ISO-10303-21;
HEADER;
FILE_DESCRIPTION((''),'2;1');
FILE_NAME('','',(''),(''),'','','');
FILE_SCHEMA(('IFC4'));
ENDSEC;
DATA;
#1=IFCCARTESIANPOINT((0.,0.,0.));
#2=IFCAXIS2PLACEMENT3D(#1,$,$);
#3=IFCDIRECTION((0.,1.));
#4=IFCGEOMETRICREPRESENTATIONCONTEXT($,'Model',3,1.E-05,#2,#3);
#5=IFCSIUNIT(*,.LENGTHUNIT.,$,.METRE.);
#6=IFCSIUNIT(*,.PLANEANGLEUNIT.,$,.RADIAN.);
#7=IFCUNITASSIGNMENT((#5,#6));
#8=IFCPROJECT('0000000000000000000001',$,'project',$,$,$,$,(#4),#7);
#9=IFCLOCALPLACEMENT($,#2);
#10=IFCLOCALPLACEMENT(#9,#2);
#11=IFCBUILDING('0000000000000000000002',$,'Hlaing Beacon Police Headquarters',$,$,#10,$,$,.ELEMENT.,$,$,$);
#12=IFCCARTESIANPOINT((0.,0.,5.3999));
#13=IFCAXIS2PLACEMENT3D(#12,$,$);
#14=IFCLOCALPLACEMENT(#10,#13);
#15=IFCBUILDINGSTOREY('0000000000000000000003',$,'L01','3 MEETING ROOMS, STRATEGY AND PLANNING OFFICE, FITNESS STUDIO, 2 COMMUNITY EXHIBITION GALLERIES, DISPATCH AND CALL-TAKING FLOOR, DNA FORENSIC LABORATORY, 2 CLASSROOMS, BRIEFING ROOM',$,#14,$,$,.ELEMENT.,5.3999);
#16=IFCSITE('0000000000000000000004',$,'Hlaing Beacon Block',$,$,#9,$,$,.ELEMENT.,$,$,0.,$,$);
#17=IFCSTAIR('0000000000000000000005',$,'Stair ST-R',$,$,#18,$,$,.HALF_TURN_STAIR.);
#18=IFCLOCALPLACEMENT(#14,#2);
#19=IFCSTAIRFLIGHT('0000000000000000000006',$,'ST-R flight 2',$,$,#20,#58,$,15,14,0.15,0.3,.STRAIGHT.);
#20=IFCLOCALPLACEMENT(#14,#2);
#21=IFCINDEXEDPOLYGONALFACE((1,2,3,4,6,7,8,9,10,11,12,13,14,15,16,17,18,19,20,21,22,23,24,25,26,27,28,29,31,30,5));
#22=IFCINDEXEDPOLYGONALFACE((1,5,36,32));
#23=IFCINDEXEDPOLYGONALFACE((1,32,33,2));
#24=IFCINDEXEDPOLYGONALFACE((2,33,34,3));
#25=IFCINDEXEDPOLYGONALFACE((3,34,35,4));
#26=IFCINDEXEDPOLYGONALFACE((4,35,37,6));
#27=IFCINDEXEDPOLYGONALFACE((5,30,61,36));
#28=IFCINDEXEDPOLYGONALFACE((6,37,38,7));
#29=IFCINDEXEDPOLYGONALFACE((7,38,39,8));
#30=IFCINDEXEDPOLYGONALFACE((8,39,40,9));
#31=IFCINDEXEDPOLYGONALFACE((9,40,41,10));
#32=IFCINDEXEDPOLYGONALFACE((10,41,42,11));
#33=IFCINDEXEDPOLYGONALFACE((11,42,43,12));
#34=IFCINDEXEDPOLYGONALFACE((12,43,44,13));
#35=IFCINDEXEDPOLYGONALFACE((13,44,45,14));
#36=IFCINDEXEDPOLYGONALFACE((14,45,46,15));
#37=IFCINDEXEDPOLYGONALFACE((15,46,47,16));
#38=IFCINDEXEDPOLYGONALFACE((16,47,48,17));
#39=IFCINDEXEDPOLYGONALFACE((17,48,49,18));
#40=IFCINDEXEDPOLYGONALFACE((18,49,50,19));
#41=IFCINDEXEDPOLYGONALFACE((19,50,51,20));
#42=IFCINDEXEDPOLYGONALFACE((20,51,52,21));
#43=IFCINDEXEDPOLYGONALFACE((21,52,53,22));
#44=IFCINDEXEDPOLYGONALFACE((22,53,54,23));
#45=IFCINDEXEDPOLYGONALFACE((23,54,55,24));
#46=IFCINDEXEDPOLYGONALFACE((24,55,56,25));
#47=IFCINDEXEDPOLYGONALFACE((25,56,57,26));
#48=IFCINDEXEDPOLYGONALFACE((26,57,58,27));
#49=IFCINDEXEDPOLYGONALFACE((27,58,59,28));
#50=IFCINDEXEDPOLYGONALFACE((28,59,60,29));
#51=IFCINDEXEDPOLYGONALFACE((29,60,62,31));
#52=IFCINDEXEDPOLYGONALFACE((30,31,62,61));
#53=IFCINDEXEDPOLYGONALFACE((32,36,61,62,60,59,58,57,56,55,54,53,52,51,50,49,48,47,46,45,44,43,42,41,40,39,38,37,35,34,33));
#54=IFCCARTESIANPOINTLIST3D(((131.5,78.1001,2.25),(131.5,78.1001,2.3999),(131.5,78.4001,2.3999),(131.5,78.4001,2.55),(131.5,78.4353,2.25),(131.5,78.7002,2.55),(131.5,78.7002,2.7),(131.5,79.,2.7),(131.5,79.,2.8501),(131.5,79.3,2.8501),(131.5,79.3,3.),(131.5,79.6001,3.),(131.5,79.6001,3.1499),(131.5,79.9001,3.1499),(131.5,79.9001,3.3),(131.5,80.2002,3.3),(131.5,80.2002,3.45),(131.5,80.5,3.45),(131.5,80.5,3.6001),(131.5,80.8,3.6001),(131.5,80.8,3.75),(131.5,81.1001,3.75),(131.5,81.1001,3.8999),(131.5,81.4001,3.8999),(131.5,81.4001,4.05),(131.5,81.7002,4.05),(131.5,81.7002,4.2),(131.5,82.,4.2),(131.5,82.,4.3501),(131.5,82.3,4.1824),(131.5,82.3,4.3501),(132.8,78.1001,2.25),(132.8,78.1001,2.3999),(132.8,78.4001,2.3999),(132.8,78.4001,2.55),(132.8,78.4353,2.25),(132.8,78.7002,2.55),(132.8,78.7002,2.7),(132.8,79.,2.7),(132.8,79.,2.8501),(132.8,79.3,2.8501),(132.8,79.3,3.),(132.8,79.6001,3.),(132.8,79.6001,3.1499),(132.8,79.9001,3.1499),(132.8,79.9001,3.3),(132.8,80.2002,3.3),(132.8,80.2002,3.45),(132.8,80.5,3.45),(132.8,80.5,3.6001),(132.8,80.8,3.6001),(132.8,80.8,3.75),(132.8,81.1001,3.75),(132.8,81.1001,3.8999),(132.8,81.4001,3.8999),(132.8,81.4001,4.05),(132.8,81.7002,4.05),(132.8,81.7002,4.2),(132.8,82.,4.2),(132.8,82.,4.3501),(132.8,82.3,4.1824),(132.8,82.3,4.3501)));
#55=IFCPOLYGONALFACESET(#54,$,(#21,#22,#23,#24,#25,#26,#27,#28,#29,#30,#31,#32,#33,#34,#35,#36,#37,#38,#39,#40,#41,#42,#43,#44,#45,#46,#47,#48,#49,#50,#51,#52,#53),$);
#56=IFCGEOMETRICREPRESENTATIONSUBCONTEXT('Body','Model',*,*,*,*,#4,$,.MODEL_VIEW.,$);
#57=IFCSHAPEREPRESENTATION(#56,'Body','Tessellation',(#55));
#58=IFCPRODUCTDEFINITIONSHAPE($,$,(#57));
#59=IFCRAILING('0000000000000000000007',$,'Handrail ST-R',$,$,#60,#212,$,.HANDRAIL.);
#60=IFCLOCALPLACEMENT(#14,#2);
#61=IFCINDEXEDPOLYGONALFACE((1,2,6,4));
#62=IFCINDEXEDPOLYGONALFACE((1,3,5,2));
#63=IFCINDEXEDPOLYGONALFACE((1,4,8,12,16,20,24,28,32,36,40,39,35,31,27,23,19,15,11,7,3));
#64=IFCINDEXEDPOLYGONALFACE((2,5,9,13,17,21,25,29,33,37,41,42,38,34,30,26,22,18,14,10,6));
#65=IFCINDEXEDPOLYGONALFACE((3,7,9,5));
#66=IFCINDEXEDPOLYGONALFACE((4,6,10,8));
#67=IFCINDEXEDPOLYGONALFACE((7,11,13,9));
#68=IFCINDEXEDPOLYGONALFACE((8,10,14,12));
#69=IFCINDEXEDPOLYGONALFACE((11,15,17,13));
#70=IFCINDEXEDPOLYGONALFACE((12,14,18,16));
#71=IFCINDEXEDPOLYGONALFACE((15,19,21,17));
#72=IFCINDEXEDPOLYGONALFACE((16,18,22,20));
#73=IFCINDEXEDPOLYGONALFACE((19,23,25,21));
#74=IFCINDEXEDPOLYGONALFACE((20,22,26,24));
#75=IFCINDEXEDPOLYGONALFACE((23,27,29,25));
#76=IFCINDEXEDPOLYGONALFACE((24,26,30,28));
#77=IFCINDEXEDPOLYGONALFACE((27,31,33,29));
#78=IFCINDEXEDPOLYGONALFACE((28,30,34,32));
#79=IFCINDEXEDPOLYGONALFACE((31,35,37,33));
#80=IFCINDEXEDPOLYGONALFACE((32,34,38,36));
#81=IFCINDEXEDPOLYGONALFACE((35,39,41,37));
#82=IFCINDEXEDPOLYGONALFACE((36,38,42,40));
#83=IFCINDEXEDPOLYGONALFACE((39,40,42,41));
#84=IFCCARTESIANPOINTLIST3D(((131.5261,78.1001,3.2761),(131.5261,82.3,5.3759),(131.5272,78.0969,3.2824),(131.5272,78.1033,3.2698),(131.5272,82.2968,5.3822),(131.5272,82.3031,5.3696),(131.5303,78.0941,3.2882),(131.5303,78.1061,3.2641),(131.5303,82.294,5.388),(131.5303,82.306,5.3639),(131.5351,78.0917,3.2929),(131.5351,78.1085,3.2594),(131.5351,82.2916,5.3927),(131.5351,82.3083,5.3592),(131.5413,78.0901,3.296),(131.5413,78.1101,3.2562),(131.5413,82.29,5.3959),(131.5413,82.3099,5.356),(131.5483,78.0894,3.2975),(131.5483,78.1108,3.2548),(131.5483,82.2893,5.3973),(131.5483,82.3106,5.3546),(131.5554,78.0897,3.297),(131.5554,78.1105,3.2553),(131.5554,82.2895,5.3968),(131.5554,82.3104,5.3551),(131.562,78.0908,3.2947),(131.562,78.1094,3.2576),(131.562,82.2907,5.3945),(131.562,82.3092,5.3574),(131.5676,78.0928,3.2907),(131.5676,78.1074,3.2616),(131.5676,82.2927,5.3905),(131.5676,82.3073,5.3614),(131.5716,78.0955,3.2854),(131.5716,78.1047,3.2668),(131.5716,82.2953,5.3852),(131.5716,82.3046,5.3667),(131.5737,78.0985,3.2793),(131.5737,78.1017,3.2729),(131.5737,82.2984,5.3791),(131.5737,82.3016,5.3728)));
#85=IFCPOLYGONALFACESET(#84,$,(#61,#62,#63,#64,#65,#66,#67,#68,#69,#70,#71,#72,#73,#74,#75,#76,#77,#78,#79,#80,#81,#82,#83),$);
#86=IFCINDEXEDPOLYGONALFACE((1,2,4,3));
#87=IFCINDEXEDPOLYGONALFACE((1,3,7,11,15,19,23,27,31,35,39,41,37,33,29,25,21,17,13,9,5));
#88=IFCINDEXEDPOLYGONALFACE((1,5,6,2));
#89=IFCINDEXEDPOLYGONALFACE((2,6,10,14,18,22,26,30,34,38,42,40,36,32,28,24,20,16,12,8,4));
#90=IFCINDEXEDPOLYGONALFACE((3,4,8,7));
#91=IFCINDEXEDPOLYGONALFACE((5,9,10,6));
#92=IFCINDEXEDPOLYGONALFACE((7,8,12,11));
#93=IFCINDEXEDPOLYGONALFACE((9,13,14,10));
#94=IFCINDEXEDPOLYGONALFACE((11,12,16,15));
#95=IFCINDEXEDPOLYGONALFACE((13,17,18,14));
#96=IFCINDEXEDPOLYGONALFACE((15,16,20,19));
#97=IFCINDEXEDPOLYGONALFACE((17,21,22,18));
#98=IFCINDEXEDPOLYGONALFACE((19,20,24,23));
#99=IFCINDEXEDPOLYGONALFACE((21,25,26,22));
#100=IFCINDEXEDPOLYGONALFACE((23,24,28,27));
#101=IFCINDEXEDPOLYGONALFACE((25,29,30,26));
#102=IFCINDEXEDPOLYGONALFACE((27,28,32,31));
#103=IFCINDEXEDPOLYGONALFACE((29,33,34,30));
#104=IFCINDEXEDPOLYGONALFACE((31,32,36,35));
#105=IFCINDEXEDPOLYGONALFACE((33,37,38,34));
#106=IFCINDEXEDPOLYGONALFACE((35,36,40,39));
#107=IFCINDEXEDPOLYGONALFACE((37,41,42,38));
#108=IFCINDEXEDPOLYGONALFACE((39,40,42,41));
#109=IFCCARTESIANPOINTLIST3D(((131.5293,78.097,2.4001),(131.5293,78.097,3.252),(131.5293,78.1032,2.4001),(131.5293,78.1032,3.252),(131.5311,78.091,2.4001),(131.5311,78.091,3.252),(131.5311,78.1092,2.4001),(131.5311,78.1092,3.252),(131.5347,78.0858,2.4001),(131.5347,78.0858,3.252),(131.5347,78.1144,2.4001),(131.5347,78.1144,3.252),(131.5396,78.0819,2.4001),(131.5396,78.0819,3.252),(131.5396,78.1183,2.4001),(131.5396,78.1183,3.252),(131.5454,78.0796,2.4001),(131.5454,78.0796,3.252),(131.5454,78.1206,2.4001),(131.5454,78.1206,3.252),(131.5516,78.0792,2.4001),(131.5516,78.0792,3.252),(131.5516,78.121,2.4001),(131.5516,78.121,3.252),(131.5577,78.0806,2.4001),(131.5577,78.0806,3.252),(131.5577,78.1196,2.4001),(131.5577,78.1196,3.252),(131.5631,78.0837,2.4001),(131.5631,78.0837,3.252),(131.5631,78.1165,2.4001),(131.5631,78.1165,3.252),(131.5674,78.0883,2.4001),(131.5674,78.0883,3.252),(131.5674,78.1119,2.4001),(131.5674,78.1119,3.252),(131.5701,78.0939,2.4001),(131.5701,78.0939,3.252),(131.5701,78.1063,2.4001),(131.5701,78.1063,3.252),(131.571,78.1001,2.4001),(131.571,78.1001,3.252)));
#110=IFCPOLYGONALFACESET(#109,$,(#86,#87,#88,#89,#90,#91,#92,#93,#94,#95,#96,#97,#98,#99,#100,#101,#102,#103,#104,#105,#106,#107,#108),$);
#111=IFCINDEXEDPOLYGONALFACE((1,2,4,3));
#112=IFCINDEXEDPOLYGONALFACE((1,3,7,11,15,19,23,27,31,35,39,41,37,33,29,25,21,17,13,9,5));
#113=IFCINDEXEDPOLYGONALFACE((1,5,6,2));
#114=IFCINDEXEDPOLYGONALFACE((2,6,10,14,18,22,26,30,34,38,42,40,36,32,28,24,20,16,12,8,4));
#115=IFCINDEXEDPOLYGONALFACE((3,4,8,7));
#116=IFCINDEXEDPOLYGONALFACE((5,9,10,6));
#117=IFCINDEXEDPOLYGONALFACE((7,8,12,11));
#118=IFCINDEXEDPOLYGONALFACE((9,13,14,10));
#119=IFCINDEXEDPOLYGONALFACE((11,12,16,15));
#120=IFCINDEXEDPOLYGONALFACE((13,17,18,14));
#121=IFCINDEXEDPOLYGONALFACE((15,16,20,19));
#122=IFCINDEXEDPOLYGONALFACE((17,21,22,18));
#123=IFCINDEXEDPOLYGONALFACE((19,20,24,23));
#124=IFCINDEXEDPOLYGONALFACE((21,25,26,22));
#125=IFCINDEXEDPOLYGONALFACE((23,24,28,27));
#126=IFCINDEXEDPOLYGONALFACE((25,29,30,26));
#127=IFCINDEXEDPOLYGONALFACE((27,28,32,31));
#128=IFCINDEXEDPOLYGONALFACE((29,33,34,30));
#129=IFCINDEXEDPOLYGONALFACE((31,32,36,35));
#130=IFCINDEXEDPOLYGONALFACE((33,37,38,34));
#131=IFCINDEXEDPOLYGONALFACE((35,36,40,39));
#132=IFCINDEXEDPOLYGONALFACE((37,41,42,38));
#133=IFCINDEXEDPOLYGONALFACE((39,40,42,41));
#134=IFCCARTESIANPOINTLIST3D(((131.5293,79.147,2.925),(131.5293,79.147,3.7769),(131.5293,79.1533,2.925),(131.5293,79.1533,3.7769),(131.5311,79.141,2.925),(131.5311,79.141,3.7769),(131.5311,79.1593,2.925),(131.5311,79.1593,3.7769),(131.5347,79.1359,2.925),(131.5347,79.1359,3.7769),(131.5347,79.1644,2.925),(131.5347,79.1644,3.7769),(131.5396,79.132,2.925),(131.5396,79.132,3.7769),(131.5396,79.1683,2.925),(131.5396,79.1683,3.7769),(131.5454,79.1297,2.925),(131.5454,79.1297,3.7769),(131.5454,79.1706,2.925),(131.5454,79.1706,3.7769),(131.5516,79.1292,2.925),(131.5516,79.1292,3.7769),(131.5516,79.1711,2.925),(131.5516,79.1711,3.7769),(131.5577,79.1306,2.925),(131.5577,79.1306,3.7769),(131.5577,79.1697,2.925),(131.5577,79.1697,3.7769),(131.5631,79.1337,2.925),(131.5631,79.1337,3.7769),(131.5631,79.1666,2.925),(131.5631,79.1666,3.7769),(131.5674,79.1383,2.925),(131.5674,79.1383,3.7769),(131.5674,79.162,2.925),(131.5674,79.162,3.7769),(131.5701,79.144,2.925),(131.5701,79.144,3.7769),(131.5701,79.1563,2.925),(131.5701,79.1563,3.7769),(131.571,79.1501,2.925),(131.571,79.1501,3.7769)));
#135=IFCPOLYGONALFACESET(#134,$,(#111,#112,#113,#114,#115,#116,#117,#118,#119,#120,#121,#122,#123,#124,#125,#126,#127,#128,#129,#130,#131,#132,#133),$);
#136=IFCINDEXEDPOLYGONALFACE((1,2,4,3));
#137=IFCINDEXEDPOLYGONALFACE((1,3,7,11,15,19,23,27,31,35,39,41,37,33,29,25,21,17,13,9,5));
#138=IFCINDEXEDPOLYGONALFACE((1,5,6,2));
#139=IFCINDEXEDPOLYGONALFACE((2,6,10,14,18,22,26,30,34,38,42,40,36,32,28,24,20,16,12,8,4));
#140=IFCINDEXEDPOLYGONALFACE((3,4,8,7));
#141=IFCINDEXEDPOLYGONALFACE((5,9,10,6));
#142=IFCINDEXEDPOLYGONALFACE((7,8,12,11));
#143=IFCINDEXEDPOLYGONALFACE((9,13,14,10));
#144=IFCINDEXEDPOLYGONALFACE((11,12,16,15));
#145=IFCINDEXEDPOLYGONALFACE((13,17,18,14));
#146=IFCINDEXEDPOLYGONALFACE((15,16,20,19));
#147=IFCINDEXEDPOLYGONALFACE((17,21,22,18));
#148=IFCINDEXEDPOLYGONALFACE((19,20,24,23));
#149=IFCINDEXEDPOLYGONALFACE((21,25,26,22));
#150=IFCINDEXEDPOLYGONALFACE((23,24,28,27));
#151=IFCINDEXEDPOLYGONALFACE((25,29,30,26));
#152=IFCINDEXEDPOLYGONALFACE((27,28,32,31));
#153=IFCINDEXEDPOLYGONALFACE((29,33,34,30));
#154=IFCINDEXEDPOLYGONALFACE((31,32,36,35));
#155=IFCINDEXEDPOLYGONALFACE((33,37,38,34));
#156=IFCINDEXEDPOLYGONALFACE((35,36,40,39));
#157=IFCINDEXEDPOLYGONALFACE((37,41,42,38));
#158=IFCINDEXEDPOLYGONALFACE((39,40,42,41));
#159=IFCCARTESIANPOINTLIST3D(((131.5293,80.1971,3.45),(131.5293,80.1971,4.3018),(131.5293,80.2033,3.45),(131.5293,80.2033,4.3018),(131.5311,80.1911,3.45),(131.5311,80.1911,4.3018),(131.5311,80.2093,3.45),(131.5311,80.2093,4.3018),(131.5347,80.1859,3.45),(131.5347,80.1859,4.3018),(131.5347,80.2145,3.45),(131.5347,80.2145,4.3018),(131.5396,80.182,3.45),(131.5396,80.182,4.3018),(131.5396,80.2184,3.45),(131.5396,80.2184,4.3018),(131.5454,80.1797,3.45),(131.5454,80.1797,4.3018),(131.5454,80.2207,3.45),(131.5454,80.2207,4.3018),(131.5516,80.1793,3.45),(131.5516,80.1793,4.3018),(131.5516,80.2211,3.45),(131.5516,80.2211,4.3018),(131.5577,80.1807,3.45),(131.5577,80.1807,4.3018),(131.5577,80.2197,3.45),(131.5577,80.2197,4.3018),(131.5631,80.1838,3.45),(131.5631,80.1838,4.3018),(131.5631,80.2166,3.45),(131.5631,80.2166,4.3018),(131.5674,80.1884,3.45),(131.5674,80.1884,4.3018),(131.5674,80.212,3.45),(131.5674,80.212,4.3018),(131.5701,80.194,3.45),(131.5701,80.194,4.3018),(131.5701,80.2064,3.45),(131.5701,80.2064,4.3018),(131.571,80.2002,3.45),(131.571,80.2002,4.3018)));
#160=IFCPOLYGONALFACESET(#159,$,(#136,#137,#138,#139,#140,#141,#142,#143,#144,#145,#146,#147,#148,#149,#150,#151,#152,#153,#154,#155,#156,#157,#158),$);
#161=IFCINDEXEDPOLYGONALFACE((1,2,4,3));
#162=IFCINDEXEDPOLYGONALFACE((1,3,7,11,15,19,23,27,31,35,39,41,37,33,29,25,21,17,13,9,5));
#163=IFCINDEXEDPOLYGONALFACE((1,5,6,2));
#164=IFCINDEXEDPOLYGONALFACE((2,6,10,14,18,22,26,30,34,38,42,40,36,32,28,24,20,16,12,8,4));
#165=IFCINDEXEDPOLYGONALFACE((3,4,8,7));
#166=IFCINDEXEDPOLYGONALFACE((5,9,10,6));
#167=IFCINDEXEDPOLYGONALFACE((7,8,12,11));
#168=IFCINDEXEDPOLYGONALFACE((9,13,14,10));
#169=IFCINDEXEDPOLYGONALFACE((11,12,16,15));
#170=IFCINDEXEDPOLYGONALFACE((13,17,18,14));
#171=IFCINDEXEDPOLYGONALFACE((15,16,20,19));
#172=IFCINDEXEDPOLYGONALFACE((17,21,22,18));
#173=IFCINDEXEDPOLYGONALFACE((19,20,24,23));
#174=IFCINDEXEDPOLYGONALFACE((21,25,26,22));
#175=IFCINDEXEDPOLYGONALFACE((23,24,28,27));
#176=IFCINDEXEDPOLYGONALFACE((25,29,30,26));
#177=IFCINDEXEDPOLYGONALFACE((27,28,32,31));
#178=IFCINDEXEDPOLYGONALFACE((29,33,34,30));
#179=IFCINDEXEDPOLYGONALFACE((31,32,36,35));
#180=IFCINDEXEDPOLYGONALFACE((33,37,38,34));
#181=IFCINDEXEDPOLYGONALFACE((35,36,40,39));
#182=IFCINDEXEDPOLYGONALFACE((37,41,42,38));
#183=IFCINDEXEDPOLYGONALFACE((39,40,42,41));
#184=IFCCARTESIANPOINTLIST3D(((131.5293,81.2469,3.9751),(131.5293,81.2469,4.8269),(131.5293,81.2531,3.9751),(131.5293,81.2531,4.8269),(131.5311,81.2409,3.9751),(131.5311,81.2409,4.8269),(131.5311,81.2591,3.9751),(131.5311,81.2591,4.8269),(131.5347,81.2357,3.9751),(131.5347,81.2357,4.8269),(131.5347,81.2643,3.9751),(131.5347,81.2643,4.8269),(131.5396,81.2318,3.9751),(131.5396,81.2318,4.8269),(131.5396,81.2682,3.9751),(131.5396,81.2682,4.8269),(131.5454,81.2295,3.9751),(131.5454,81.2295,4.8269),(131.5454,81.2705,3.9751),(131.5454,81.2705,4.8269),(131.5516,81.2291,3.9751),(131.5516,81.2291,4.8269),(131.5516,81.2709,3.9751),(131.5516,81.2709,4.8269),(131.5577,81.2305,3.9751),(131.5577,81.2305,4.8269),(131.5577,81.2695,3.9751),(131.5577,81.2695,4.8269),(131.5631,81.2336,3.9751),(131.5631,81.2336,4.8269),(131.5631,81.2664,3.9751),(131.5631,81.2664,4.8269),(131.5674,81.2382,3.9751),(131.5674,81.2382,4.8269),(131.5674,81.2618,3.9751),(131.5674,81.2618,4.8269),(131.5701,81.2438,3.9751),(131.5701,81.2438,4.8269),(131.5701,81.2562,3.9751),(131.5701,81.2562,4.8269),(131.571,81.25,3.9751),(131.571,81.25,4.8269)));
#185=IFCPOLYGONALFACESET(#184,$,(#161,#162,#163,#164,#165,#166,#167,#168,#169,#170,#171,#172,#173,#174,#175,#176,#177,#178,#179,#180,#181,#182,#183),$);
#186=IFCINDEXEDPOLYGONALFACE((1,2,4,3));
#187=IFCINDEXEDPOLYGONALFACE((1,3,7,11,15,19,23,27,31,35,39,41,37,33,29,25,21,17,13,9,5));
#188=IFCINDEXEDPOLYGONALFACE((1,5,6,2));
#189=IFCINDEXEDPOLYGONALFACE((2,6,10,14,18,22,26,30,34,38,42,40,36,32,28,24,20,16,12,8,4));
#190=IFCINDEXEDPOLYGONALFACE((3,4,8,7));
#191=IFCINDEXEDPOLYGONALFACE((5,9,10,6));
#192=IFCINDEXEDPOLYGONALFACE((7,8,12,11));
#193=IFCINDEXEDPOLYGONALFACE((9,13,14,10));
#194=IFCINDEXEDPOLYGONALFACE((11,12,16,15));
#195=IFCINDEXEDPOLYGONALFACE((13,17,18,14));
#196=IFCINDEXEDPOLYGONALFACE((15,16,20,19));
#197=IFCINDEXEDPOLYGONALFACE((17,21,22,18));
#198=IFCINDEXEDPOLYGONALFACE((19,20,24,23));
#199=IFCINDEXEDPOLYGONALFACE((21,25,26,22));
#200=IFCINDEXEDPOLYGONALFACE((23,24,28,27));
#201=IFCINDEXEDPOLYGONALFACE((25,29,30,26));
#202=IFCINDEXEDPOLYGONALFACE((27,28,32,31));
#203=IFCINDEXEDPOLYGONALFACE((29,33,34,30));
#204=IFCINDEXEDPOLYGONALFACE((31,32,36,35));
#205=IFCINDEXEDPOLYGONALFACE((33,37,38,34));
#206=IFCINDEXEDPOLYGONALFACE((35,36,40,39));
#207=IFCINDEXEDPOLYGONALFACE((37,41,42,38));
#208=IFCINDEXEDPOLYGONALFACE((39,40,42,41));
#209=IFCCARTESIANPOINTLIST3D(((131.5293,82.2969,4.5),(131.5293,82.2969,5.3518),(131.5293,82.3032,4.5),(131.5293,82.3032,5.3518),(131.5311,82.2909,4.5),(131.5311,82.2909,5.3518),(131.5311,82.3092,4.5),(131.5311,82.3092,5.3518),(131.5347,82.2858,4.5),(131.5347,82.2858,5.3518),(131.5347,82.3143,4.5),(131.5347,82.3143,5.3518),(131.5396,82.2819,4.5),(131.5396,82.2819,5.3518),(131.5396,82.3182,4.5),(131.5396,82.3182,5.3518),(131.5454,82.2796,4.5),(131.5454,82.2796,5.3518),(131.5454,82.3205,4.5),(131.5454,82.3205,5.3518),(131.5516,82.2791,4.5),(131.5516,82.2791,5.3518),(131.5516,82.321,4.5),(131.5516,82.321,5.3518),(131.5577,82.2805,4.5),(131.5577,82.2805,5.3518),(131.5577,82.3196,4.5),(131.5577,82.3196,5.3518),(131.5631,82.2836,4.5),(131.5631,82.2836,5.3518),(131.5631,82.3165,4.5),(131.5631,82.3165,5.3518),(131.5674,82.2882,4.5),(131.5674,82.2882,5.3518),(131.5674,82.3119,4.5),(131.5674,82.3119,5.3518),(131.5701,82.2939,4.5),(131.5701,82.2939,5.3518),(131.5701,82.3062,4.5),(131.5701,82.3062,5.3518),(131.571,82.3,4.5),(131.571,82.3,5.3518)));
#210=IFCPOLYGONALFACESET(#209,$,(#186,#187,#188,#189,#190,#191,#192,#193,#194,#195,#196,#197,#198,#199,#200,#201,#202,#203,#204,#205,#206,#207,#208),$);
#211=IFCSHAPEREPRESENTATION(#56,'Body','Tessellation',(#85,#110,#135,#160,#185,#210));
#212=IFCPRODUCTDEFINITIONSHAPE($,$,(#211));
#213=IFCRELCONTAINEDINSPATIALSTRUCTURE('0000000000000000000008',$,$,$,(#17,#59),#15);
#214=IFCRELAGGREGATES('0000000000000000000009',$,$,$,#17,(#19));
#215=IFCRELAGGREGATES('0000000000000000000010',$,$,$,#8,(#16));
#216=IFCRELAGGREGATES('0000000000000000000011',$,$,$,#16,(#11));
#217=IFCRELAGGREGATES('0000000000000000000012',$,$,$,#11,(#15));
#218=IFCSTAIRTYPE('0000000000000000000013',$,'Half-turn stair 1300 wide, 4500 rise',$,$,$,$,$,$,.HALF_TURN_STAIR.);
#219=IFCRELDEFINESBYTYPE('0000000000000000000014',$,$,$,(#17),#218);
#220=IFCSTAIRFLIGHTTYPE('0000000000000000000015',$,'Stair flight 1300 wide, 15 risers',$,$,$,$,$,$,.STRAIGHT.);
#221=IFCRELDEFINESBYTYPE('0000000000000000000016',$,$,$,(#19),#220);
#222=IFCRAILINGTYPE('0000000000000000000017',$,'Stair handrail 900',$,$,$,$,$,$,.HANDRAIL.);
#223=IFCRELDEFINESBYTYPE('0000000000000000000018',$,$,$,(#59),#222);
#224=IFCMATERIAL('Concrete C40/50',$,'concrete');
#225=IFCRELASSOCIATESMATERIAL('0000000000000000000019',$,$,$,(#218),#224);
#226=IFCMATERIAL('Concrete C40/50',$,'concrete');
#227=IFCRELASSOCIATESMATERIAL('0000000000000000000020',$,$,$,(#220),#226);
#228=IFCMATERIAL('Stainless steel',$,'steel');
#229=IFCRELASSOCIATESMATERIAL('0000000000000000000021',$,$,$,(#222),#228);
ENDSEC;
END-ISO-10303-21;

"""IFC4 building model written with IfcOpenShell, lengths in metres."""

from ifc_helpers import new_model, si_unit, direction, frame, origin, origin_2d, place, context, subcontext, project, spatial, polyline, circle, outline, extrude, material, type_object, element, aggregate, save


model = new_model("IFC4")

# Units and contexts
model_context = context("Model", 3, precision=1e-05, world=origin(), true_north=direction((0.0, 1.0)))
body_context = subcontext(model_context, "Body", "Model", "MODEL_VIEW")
ifc_project = project(units=[si_unit("LENGTHUNIT", "METRE"), si_unit("PLANEANGLEUNIT", "RADIAN")], contexts=[model_context])

# Site, building, storey
site_placement = place(None, origin())
site = spatial("IfcSite", under=ifc_project, at=site_placement, Name="Hlaing Beacon Block", CompositionType="ELEMENT", RefElevation=0.0)
building_placement = place(site_placement, origin())
building = spatial("IfcBuilding", under=site, at=building_placement, Name="Hlaing Beacon Police Headquarters", CompositionType="ELEMENT")
storey_placement = place(building_placement, frame((0.0, 0.0, 5.3999)))
storey = spatial("IfcBuildingStorey", under=building, at=storey_placement, Name="L01", Description="3 MEETING ROOMS, STRATEGY AND PLANNING OFFICE, FITNESS STUDIO, 2 COMMUNITY EXHIBITION GALLERIES, DISPATCH AND CALL-TAKING FLOOR, DNA FORENSIC LABORATORY, 2 CLASSROOMS, BRIEFING ROOM", CompositionType="ELEMENT", Elevation=5.3999)

# Stair, stair flight
ifc_material_1 = material(Name="Concrete C40/50", Category="concrete")
stair_type = type_object("IfcStairType", Name="Half-turn stair 1300 wide, 4500 rise", PredefinedType="HALF_TURN_STAIR", material=ifc_material_1)
stair_placement = place(storey_placement, origin())
stair = element("IfcStair", 1, at=stair_placement, inside=storey, type_object=stair_type, Name="Stair ST-R", PredefinedType="HALF_TURN_STAIR")
ifc_material_2 = material(Name="Concrete C40/50", Category="concrete")
stair_flight_type = type_object("IfcStairFlightType", Name="Stair flight 1300 wide, 15 risers", PredefinedType="STRAIGHT", material=ifc_material_2)
stair_flight_placement = place(storey_placement, frame((132.1499, 78.1001, 2.25), z_axis=(0.0, 0.0, 1.0), x_axis=(0.0, 1.0, 0.0)))
stair_flight = element("IfcStairFlight", 2, at=stair_flight_placement, type_object=stair_flight_type, Name="ST-R flight 2", NumberOfRisers=15, NumberOfTreads=14, PredefinedType="STRAIGHT", RiserHeight=0.15, TreadLength=0.3, context=body_context, shape_type="SweptSolid", body=[
    extrude(outline(polyline([(0.0, 0.0), (0.0, 0.1499), (0.3, 0.1499), (0.3, 0.3), (0.6001, 0.3), (0.6001, 0.45), (0.8999, 0.45), (0.8999, 0.6001), (1.2, 0.6001), (1.2, 0.75), (1.5, 0.75), (1.5, 0.8999), (1.8, 0.8999), (1.8, 1.05), (2.1001, 1.05), (2.1001, 1.2), (2.3999, 1.2), (2.3999, 1.3501), (2.7, 1.3501), (2.7, 1.5), (3.0, 1.5), (3.0, 1.6499), (3.3, 1.6499), (3.3, 1.8), (3.6001, 1.8), (3.6001, 1.95), (3.8999, 1.95), (3.8999, 2.1001), (4.2, 2.1001), (4.2, 2.25), (4.2, 1.9324), (0.3352, 0.0), (0.0, 0.0)])), frame((0.0, 0.6499, 0.0), z_axis=(0.0, -1.0, 0.0), x_axis=(1.0, 0.0, 0.0)), (0.0, 0.0, 1.0), 1.3),
])
aggregate(stair, [stair_flight])

# Railing
ifc_material_3 = material(Name="Stainless steel", Category="steel")
railing_type = type_object("IfcRailingType", Name="Stair handrail 900", PredefinedType="HANDRAIL", material=ifc_material_3)
railing_placement = place(storey_placement, frame((131.55, 78.1001, 2.4001)))
element("IfcRailing", 3, at=railing_placement, inside=storey, type_object=railing_type, Name="Handrail ST-R", PredefinedType="HANDRAIL", context=body_context, shape_type="SweptSolid", body=[
    extrude(circle(Radius=0.0239, at=origin_2d()), frame((0.0, 0.0, 0.876), z_axis=(0.0, 0.894438, 0.447193), x_axis=(-1.0, 0.0, 0.0)), (0.0, 0.0, 1.0), 4.6956),
    extrude(circle(Radius=0.021, at=origin_2d()), origin(), (0.0, 0.0, 1.0), 0.8518),
    extrude(circle(Radius=0.021, at=origin_2d()), frame((0.0, 1.05, 0.5249)), (0.0, 0.0, 1.0), 0.8518),
    extrude(circle(Radius=0.021, at=origin_2d()), frame((0.0, 2.1001, 1.0498)), (0.0, 0.0, 1.0), 0.8518),
    extrude(circle(Radius=0.021, at=origin_2d()), frame((0.0, 3.1499, 1.575)), (0.0, 0.0, 1.0), 0.8518),
    extrude(circle(Radius=0.021, at=origin_2d()), frame((0.0, 4.2, 2.0999)), (0.0, 0.0, 1.0), 0.8518),
])

save(model, "model.ifc")
